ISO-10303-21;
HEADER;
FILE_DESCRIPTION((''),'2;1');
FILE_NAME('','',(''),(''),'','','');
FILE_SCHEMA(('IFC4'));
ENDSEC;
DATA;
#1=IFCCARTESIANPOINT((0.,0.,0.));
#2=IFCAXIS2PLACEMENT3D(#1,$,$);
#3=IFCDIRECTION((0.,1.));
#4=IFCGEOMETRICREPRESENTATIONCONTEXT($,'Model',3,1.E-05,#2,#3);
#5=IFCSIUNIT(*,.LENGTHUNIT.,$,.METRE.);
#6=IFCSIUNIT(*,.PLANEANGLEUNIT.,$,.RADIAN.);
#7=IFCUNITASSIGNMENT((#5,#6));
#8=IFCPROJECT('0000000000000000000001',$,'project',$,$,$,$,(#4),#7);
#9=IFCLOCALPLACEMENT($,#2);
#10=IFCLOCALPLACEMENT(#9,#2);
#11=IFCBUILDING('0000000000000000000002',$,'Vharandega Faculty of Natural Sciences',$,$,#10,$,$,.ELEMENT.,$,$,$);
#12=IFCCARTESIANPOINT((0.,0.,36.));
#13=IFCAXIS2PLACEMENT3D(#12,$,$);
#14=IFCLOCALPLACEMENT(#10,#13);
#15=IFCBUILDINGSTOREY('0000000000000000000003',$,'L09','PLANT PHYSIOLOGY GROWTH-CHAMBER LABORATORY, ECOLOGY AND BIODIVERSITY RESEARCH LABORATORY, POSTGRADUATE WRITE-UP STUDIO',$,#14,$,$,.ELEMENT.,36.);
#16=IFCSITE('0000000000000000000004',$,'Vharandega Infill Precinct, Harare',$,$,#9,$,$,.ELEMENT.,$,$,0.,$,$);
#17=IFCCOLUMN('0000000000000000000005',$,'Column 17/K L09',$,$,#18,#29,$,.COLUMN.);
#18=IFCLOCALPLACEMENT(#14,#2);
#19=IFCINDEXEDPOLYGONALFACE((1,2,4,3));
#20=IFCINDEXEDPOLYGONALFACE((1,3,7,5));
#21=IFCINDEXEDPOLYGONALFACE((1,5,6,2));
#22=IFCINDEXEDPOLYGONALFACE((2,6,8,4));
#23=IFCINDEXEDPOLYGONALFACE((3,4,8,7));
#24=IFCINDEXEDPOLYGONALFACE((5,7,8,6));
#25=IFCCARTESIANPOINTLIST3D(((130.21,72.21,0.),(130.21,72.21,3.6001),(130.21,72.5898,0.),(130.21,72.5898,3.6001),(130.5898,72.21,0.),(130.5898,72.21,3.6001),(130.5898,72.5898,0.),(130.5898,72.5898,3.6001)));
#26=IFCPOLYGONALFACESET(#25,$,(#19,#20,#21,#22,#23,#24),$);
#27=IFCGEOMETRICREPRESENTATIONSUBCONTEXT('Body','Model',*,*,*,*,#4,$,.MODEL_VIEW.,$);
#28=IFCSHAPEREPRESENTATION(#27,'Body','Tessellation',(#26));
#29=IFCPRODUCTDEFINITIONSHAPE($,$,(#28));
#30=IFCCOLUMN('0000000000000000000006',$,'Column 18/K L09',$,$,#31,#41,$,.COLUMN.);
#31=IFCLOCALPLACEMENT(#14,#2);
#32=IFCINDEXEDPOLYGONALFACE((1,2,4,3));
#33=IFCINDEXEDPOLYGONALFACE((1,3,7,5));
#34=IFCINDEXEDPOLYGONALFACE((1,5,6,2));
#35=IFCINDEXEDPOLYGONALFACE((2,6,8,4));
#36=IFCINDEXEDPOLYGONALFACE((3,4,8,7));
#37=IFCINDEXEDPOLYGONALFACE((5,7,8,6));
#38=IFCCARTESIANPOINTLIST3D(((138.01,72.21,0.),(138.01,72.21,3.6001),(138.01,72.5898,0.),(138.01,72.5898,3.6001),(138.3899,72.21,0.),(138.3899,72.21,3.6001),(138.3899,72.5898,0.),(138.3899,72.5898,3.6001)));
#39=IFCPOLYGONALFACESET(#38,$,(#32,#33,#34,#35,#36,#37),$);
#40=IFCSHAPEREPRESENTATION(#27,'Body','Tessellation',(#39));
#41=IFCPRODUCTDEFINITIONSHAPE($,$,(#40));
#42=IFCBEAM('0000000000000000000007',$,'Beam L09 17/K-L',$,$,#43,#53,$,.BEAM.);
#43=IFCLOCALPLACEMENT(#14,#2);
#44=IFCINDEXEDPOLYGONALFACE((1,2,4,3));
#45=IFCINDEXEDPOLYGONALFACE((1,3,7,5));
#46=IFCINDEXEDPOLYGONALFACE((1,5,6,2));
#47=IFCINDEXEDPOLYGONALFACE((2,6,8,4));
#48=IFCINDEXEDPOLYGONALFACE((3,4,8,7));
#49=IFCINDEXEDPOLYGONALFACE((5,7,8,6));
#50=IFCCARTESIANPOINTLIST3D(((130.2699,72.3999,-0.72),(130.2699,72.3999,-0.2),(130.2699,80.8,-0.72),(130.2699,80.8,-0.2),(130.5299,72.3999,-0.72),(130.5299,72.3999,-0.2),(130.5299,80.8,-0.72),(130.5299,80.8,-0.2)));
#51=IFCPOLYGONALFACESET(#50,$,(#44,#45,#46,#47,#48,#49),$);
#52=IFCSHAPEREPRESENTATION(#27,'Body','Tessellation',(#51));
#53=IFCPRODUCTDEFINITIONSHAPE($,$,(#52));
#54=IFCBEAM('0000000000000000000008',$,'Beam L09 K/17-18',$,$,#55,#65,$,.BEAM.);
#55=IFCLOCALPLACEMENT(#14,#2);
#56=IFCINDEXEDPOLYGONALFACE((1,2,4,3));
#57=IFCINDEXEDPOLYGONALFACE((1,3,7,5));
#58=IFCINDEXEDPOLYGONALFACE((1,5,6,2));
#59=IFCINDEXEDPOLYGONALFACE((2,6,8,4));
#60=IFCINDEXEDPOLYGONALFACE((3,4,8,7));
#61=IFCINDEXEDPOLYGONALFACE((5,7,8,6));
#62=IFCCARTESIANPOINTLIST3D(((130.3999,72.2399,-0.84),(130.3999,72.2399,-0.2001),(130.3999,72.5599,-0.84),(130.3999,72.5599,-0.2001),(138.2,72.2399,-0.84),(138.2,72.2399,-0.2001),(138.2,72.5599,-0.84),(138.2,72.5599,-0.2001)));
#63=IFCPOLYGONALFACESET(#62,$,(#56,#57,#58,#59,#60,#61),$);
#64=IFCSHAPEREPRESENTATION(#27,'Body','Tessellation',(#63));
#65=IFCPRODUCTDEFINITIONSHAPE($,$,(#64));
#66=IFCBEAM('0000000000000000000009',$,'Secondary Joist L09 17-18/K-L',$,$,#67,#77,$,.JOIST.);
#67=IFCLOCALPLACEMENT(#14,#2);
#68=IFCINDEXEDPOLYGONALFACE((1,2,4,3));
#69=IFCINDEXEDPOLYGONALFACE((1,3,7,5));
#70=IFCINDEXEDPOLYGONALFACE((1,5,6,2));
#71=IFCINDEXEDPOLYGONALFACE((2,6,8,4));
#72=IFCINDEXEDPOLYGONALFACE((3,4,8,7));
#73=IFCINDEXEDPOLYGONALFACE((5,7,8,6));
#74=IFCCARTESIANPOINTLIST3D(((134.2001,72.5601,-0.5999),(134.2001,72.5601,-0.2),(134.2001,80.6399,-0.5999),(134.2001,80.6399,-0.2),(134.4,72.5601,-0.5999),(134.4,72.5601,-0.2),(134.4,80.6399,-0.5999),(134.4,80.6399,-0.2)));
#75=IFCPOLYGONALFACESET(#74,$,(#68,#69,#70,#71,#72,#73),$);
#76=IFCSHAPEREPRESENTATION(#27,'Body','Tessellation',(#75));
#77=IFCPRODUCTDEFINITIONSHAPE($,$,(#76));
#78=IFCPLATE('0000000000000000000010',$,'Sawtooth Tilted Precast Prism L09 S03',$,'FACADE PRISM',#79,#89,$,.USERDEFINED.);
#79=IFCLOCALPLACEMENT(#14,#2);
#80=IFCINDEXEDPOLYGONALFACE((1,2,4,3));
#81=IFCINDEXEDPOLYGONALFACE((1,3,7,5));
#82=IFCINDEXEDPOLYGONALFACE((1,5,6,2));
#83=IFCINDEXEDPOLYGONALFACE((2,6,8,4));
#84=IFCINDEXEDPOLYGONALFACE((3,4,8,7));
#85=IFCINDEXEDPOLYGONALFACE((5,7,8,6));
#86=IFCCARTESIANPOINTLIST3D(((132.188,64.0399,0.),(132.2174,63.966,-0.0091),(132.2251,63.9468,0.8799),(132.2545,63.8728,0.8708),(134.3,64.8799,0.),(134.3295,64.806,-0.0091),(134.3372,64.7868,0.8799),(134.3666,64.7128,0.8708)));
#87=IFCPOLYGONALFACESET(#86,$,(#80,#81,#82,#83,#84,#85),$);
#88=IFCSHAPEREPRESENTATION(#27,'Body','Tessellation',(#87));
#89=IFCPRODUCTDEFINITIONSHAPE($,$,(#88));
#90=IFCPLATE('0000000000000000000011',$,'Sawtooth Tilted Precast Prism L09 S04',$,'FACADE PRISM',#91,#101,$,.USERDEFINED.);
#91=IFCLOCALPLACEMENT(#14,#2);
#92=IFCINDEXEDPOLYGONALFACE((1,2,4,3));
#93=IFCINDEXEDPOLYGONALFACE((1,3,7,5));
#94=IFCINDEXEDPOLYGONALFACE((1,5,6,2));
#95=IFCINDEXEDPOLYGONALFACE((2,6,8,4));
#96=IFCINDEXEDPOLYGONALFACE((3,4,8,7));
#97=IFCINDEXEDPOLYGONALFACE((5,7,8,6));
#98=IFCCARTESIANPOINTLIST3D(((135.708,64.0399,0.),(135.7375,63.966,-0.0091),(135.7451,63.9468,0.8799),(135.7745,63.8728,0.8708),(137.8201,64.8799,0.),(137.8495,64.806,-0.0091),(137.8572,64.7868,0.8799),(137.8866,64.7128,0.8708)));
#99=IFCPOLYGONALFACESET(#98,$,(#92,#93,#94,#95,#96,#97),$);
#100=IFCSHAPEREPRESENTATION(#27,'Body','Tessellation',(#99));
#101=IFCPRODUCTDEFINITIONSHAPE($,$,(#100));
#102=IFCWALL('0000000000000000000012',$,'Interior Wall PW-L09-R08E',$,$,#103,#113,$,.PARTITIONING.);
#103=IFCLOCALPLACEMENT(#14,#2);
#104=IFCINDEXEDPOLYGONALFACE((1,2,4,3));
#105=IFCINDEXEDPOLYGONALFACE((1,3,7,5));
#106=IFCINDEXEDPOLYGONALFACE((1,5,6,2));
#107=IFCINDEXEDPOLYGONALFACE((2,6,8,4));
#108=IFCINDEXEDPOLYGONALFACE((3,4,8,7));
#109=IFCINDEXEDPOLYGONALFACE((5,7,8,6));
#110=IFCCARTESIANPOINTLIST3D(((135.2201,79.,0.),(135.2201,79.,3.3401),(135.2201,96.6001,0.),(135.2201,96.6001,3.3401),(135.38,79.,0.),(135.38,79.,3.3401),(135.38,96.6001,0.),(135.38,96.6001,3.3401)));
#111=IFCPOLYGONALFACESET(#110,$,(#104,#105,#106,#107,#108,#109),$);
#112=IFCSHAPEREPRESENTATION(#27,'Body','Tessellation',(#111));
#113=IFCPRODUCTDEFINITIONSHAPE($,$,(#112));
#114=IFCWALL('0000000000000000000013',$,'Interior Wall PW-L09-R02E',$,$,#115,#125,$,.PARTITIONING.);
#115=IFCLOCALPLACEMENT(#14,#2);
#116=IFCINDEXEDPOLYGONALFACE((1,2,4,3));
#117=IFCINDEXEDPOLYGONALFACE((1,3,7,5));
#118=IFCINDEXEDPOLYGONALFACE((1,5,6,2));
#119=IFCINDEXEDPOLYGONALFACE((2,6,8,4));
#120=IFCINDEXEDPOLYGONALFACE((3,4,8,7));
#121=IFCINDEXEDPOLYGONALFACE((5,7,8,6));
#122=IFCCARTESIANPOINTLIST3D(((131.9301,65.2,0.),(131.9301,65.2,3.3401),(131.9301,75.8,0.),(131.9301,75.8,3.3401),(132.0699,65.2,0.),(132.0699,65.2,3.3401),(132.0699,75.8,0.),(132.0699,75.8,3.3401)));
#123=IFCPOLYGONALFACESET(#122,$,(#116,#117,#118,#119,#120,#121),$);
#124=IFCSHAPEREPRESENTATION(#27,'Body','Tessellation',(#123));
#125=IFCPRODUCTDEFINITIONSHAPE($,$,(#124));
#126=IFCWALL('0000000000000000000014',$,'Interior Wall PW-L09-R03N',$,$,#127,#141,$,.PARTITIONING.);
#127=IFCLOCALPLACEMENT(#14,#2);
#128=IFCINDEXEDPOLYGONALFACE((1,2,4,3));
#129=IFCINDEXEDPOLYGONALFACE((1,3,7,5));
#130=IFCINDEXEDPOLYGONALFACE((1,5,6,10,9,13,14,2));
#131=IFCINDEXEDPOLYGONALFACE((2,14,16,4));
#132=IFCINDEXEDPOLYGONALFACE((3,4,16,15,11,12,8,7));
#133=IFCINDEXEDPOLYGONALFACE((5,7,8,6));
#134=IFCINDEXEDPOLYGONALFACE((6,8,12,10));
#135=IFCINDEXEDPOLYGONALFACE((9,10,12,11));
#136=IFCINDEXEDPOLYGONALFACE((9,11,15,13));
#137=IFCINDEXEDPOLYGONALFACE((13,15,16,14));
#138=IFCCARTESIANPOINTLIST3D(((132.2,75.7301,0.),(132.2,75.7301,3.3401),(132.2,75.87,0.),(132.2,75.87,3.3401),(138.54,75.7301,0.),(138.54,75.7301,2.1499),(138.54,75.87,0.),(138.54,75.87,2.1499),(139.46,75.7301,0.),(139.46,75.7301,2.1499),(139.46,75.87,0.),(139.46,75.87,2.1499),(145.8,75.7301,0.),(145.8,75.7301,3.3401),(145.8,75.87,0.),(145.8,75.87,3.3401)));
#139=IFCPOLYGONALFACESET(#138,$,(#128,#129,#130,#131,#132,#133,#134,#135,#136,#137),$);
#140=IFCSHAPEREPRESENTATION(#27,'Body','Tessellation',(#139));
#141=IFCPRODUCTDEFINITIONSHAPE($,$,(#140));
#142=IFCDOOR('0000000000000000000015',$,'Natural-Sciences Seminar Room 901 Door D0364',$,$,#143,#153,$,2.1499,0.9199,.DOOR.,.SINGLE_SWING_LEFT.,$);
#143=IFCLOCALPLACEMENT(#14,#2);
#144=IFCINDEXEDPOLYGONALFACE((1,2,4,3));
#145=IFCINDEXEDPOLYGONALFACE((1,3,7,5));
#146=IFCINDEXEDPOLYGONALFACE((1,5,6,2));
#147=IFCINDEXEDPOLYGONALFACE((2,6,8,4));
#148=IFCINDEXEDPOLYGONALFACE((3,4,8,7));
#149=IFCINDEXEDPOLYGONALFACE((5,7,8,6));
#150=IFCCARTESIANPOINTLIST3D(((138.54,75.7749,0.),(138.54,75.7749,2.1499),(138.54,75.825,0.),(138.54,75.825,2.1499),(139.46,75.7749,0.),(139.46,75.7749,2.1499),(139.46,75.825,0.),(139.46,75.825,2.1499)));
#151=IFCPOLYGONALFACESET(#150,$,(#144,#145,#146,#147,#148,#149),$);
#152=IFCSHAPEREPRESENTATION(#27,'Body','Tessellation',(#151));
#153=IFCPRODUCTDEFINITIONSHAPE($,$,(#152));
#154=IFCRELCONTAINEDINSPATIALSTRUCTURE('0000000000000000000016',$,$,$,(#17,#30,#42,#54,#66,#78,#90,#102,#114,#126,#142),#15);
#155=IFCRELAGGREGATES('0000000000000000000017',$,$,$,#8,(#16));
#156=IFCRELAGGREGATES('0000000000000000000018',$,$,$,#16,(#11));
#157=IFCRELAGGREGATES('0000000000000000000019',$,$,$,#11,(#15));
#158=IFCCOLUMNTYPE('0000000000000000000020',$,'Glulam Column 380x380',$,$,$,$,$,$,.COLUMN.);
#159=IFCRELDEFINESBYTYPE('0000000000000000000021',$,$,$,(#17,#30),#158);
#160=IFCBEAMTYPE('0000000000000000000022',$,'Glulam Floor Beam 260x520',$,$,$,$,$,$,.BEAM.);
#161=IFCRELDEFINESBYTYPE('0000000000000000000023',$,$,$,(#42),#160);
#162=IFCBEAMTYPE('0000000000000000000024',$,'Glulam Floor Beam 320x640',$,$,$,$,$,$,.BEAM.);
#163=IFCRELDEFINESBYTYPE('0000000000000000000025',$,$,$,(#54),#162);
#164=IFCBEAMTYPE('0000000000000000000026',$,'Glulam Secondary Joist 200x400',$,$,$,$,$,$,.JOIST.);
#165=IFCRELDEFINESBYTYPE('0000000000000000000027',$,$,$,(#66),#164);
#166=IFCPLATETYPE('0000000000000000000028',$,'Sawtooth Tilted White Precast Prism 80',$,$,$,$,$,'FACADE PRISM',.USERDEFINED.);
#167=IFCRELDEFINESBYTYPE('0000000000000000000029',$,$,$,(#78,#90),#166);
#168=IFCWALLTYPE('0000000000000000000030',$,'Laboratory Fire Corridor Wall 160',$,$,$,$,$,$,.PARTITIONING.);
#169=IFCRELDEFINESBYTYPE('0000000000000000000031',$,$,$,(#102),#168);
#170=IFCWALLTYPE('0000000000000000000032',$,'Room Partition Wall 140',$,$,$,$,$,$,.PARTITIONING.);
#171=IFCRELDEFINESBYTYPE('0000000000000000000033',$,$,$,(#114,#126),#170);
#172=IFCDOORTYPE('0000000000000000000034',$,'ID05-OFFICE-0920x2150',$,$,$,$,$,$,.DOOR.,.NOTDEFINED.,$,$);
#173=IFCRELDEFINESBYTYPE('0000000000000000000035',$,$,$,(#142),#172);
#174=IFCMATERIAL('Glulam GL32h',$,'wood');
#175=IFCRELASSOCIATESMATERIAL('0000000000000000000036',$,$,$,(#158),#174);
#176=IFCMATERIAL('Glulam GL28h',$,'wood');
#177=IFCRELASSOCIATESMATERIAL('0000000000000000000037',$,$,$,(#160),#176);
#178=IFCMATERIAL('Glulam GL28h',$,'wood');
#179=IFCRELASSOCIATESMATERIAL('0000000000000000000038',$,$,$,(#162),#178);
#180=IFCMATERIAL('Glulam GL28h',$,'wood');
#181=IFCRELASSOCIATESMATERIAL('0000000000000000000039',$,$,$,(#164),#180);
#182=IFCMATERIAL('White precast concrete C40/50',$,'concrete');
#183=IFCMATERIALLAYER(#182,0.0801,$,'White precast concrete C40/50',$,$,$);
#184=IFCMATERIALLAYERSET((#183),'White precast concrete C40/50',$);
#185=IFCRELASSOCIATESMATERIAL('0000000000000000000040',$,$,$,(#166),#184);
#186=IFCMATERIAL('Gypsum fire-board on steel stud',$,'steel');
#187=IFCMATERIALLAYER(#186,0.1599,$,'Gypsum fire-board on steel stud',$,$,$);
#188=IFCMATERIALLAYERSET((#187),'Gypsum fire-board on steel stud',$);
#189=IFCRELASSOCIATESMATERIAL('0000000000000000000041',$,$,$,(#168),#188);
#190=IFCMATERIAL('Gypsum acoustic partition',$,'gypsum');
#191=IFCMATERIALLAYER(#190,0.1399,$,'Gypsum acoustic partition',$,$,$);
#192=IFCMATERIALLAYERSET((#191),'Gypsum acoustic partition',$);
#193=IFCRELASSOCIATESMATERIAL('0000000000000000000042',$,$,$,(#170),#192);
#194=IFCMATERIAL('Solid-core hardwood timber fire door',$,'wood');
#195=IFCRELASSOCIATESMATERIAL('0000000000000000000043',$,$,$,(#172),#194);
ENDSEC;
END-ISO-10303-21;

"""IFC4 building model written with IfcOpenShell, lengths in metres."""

from ifc_helpers import new_model, si_unit, direction, frame, frame_2d, origin, origin_2d, place, context, subcontext, project, spatial, polyline, rectangle, outline, extrude, material, layer, layer_set, material_profile, profile_set, type_object, element, fill, save


model = new_model("IFC4")

# Units and contexts
model_context = context("Model", 3, precision=1e-05, world=origin(), true_north=direction((0.0, 1.0)))
body_context = subcontext(model_context, "Body", "Model", "MODEL_VIEW")
ifc_project = project(units=[si_unit("LENGTHUNIT", "METRE"), si_unit("PLANEANGLEUNIT", "RADIAN")], contexts=[model_context])

# Site, building, storey
site_placement = place(None, origin())
site = spatial("IfcSite", under=ifc_project, at=site_placement, Name="Vharandega Infill Precinct, Harare", CompositionType="ELEMENT", RefElevation=0.0)
building_placement = place(site_placement, origin())
building = spatial("IfcBuilding", under=site, at=building_placement, Name="Vharandega Faculty of Natural Sciences", CompositionType="ELEMENT")
storey_placement = place(building_placement, frame((0.0, 0.0, 36.0)))
storey = spatial("IfcBuildingStorey", under=building, at=storey_placement, Name="L09", Description="PLANT PHYSIOLOGY GROWTH-CHAMBER LABORATORY, ECOLOGY AND BIODIVERSITY RESEARCH LABORATORY, POSTGRADUATE WRITE-UP STUDIO", CompositionType="ELEMENT", Elevation=36.0)

# Columns
ifc_material_1 = material(Name="Glulam GL32h", Category="wood")
ifc_material_profile_1 = material_profile(ifc_material_1, rectangle(XDim=0.3799, YDim=0.3799, at=origin_2d()), Name="GL32h 380x380")
ifc_profile_set_1 = profile_set([ifc_material_profile_1], Name="Glulam GL32h")
column_type = type_object("IfcColumnType", Name="Glulam Column 380x380", PredefinedType="COLUMN", material=ifc_profile_set_1)
for number, where, z_axis, x_axis, name in (
    (1, (130.3999, 72.3999, 0.0), (0.0, 0.0, 1.0), (1.0, 0.0, 0.0), "Column 17/K L09"),
    (2, (138.2, 72.3999, 0.0), (0.0, 0.0, 1.0), (1.0, 0.0, 0.0), "Column 18/K L09"),
):
    element("IfcColumn", number, at=place(storey_placement, frame(where, z_axis=z_axis, x_axis=x_axis)), inside=storey, type_object=column_type, Name=name, PredefinedType="COLUMN", context=body_context, shape_type="SweptSolid", body=[
        extrude(rectangle(XDim=0.3799, YDim=0.3799, at=origin_2d()), origin(), (0.0, 0.0, 1.0), 3.6001),
    ])

# Beams
ifc_material_2 = material(Name="Glulam GL28h", Category="wood")
ifc_material_profile_2 = material_profile(ifc_material_2, rectangle(XDim=0.26, YDim=0.52, at=origin_2d()), Name="GL28h 260x520")
ifc_profile_set_2 = profile_set([ifc_material_profile_2], Name="Glulam GL28h")
beam_type_1 = type_object("IfcBeamType", Name="Glulam Floor Beam 260x520", PredefinedType="BEAM", material=ifc_profile_set_2)
beam_1_placement = place(storey_placement, frame((130.3999, 72.3999, -0.46), z_axis=(0.0, 1.0, 0.0), x_axis=(-1.0, 0.0, 0.0)))
element("IfcBeam", 3, at=beam_1_placement, inside=storey, type_object=beam_type_1, Name="Beam L09 17/K-L", PredefinedType="BEAM", context=body_context, shape_type="SweptSolid", body=[
    extrude(rectangle(XDim=0.26, YDim=0.52, at=origin_2d()), origin(), (0.0, 0.0, 1.0), 8.4001),
])
ifc_material_3 = material(Name="Glulam GL28h", Category="wood")
ifc_material_profile_3 = material_profile(ifc_material_3, rectangle(XDim=0.3201, YDim=0.6399, at=origin_2d()), Name="GL28h 320x640")
ifc_profile_set_3 = profile_set([ifc_material_profile_3], Name="Glulam GL28h")
beam_type_2 = type_object("IfcBeamType", Name="Glulam Floor Beam 320x640", PredefinedType="BEAM", material=ifc_profile_set_3)
beam_2_placement = place(storey_placement, frame((130.3999, 72.3999, -0.52), z_axis=(1.0, 0.0, 0.0), x_axis=(0.0, 1.0, 0.0)))
element("IfcBeam", 4, at=beam_2_placement, inside=storey, type_object=beam_type_2, Name="Beam L09 K/17-18", PredefinedType="BEAM", context=body_context, shape_type="SweptSolid", body=[
    extrude(rectangle(XDim=0.3201, YDim=0.6399, at=origin_2d()), origin(), (0.0, 0.0, 1.0), 7.8),
])
ifc_material_4 = material(Name="Glulam GL28h", Category="wood")
ifc_material_profile_4 = material_profile(ifc_material_4, rectangle(XDim=0.2, YDim=0.3999, at=origin_2d()), Name="GL28h 200x400")
ifc_profile_set_4 = profile_set([ifc_material_profile_4], Name="Glulam GL28h")
beam_type_3 = type_object("IfcBeamType", Name="Glulam Secondary Joist 200x400", PredefinedType="JOIST", material=ifc_profile_set_4)
beam_3_placement = place(storey_placement, frame((134.3, 72.5601, -0.3999), z_axis=(0.0, 1.0, 0.0), x_axis=(-1.0, 0.0, 0.0)))
element("IfcBeam", 5, at=beam_3_placement, inside=storey, type_object=beam_type_3, Name="Secondary Joist L09 17-18/K-L", PredefinedType="JOIST", context=body_context, shape_type="SweptSolid", body=[
    extrude(rectangle(XDim=0.2, YDim=0.3999, at=origin_2d()), origin(), (0.0, 0.0, 1.0), 8.0798),
])

# Plates
ifc_material_5 = material(Name="White precast concrete C40/50", Category="concrete")
ifc_layer_1 = layer(ifc_material_5, 0.0801, Name="White precast concrete C40/50")
ifc_layer_set_1 = layer_set([ifc_layer_1], Name="White precast concrete C40/50")
plate_type = type_object("IfcPlateType", Name="Sawtooth Tilted White Precast Prism 80", ElementType="FACADE PRISM", PredefinedType="USERDEFINED", material=ifc_layer_set_1)
for number, where, z_axis, x_axis, name in (
    (6, (134.3, 64.8799, 0.0), (-0.367171, 0.923238, 0.113215), (0.041952, -0.105155, 0.993571), "Sawtooth Tilted Precast Prism L09 S03"),
    (7, (137.8201, 64.8799, 0.0), (-0.367171, 0.923238, 0.113215), (0.041952, -0.105155, 0.993571), "Sawtooth Tilted Precast Prism L09 S04"),
):
    element("IfcPlate", number, at=place(storey_placement, frame(where, z_axis=z_axis, x_axis=x_axis)), inside=storey, type_object=plate_type, Name=name, ObjectType="FACADE PRISM", PredefinedType="USERDEFINED", context=body_context, shape_type="SweptSolid", body=[
        extrude(outline(polyline([(0.0, 0.0), (0.8856, 0.0), (0.8853, -2.273), (-0.0003, -2.2729), (0.0, 0.0)])), origin(), (0.0, 0.0, -1.0), 0.0801),
    ])

# Walls
ifc_material_6 = material(Name="Gypsum fire-board on steel stud", Category="steel")
ifc_layer_2 = layer(ifc_material_6, 0.1599, Name="Gypsum fire-board on steel stud")
ifc_layer_set_2 = layer_set([ifc_layer_2], Name="Gypsum fire-board on steel stud")
wall_type_1 = type_object("IfcWallType", Name="Laboratory Fire Corridor Wall 160", PredefinedType="PARTITIONING", material=ifc_layer_set_2)
wall_1_placement = place(storey_placement, frame((135.3, 79.0, 0.0), z_axis=(0.0, 0.0, 1.0), x_axis=(0.0, 1.0, 0.0)))
element("IfcWall", 8, at=wall_1_placement, inside=storey, type_object=wall_type_1, Name="Interior Wall PW-L09-R08E", PredefinedType="PARTITIONING", context=body_context, shape_type="SweptSolid", body=[
    extrude(rectangle(XDim=17.6001, YDim=0.1599, at=frame_2d((8.8, 0.0))), origin(), (0.0, 0.0, 1.0), 3.3401),
])
ifc_material_7 = material(Name="Gypsum acoustic partition", Category="gypsum")
ifc_layer_3 = layer(ifc_material_7, 0.1399, Name="Gypsum acoustic partition")
ifc_layer_set_3 = layer_set([ifc_layer_3], Name="Gypsum acoustic partition")
wall_type_2 = type_object("IfcWallType", Name="Room Partition Wall 140", PredefinedType="PARTITIONING", material=ifc_layer_set_3)
wall_2_placement = place(storey_placement, frame((132.0, 65.2, 0.0), z_axis=(0.0, 0.0, 1.0), x_axis=(0.0, 1.0, 0.0)))
element("IfcWall", 9, at=wall_2_placement, inside=storey, type_object=wall_type_2, Name="Interior Wall PW-L09-R02E", PredefinedType="PARTITIONING", context=body_context, shape_type="SweptSolid", body=[
    extrude(rectangle(XDim=10.6001, YDim=0.1399, at=frame_2d((5.3, 0.0))), origin(), (0.0, 0.0, 1.0), 3.3401),
])

# Wall, opening, door
wall_3_placement = place(storey_placement, frame((132.2, 75.8, 0.0), z_axis=(0.0, 0.0, 1.0), x_axis=(1.0, 0.0, 0.0)))
wall_3 = element("IfcWall", 10, at=wall_3_placement, inside=storey, type_object=wall_type_2, Name="Interior Wall PW-L09-R03N", PredefinedType="PARTITIONING", context=body_context, shape_type="SweptSolid", body=[
    extrude(rectangle(XDim=13.6001, YDim=0.1399, at=frame_2d((6.8, 0.0))), origin(), (0.0, 0.0, 1.0), 3.3401),
])
opening_1_placement = place(wall_3_placement, frame((6.3401, 0.0, 0.0)))
opening_1 = element("IfcOpeningElement", 11, at=opening_1_placement, cuts=wall_3, PredefinedType="OPENING", context=body_context, shape_type="SweptSolid", body=[
    extrude(rectangle(XDim=0.9199, YDim=2.1499, at=frame_2d((0.46, 1.075))), frame((0.0, 0.0801, 0.0), z_axis=(0.0, -1.0, 0.0), x_axis=(1.0, 0.0, 0.0)), (0.0, 0.0, 1.0), 0.1599),
])
ifc_material_8 = material(Name="Solid-core hardwood timber fire door", Category="wood")
door_type = type_object("IfcDoorType", Name="ID05-OFFICE-0920x2150", OperationType="NOTDEFINED", PredefinedType="DOOR", material=ifc_material_8)
door_placement = place(opening_1_placement, origin())
door = element("IfcDoor", 12, at=door_placement, inside=storey, type_object=door_type, Name="Natural-Sciences Seminar Room 901 Door D0364", OperationType="SINGLE_SWING_LEFT", OverallHeight=2.1499, OverallWidth=0.9199, PredefinedType="DOOR", context=body_context, shape_type="SweptSolid", body=[
    extrude(rectangle(XDim=0.9199, YDim=2.1499, at=frame_2d((0.46, 1.075))), frame((0.0, 0.0249, 0.0), z_axis=(0.0, -1.0, 0.0), x_axis=(1.0, 0.0, 0.0)), (0.0, 0.0, 1.0), 0.05),
])
fill(opening_1, door)

save(model, "model.ifc")
